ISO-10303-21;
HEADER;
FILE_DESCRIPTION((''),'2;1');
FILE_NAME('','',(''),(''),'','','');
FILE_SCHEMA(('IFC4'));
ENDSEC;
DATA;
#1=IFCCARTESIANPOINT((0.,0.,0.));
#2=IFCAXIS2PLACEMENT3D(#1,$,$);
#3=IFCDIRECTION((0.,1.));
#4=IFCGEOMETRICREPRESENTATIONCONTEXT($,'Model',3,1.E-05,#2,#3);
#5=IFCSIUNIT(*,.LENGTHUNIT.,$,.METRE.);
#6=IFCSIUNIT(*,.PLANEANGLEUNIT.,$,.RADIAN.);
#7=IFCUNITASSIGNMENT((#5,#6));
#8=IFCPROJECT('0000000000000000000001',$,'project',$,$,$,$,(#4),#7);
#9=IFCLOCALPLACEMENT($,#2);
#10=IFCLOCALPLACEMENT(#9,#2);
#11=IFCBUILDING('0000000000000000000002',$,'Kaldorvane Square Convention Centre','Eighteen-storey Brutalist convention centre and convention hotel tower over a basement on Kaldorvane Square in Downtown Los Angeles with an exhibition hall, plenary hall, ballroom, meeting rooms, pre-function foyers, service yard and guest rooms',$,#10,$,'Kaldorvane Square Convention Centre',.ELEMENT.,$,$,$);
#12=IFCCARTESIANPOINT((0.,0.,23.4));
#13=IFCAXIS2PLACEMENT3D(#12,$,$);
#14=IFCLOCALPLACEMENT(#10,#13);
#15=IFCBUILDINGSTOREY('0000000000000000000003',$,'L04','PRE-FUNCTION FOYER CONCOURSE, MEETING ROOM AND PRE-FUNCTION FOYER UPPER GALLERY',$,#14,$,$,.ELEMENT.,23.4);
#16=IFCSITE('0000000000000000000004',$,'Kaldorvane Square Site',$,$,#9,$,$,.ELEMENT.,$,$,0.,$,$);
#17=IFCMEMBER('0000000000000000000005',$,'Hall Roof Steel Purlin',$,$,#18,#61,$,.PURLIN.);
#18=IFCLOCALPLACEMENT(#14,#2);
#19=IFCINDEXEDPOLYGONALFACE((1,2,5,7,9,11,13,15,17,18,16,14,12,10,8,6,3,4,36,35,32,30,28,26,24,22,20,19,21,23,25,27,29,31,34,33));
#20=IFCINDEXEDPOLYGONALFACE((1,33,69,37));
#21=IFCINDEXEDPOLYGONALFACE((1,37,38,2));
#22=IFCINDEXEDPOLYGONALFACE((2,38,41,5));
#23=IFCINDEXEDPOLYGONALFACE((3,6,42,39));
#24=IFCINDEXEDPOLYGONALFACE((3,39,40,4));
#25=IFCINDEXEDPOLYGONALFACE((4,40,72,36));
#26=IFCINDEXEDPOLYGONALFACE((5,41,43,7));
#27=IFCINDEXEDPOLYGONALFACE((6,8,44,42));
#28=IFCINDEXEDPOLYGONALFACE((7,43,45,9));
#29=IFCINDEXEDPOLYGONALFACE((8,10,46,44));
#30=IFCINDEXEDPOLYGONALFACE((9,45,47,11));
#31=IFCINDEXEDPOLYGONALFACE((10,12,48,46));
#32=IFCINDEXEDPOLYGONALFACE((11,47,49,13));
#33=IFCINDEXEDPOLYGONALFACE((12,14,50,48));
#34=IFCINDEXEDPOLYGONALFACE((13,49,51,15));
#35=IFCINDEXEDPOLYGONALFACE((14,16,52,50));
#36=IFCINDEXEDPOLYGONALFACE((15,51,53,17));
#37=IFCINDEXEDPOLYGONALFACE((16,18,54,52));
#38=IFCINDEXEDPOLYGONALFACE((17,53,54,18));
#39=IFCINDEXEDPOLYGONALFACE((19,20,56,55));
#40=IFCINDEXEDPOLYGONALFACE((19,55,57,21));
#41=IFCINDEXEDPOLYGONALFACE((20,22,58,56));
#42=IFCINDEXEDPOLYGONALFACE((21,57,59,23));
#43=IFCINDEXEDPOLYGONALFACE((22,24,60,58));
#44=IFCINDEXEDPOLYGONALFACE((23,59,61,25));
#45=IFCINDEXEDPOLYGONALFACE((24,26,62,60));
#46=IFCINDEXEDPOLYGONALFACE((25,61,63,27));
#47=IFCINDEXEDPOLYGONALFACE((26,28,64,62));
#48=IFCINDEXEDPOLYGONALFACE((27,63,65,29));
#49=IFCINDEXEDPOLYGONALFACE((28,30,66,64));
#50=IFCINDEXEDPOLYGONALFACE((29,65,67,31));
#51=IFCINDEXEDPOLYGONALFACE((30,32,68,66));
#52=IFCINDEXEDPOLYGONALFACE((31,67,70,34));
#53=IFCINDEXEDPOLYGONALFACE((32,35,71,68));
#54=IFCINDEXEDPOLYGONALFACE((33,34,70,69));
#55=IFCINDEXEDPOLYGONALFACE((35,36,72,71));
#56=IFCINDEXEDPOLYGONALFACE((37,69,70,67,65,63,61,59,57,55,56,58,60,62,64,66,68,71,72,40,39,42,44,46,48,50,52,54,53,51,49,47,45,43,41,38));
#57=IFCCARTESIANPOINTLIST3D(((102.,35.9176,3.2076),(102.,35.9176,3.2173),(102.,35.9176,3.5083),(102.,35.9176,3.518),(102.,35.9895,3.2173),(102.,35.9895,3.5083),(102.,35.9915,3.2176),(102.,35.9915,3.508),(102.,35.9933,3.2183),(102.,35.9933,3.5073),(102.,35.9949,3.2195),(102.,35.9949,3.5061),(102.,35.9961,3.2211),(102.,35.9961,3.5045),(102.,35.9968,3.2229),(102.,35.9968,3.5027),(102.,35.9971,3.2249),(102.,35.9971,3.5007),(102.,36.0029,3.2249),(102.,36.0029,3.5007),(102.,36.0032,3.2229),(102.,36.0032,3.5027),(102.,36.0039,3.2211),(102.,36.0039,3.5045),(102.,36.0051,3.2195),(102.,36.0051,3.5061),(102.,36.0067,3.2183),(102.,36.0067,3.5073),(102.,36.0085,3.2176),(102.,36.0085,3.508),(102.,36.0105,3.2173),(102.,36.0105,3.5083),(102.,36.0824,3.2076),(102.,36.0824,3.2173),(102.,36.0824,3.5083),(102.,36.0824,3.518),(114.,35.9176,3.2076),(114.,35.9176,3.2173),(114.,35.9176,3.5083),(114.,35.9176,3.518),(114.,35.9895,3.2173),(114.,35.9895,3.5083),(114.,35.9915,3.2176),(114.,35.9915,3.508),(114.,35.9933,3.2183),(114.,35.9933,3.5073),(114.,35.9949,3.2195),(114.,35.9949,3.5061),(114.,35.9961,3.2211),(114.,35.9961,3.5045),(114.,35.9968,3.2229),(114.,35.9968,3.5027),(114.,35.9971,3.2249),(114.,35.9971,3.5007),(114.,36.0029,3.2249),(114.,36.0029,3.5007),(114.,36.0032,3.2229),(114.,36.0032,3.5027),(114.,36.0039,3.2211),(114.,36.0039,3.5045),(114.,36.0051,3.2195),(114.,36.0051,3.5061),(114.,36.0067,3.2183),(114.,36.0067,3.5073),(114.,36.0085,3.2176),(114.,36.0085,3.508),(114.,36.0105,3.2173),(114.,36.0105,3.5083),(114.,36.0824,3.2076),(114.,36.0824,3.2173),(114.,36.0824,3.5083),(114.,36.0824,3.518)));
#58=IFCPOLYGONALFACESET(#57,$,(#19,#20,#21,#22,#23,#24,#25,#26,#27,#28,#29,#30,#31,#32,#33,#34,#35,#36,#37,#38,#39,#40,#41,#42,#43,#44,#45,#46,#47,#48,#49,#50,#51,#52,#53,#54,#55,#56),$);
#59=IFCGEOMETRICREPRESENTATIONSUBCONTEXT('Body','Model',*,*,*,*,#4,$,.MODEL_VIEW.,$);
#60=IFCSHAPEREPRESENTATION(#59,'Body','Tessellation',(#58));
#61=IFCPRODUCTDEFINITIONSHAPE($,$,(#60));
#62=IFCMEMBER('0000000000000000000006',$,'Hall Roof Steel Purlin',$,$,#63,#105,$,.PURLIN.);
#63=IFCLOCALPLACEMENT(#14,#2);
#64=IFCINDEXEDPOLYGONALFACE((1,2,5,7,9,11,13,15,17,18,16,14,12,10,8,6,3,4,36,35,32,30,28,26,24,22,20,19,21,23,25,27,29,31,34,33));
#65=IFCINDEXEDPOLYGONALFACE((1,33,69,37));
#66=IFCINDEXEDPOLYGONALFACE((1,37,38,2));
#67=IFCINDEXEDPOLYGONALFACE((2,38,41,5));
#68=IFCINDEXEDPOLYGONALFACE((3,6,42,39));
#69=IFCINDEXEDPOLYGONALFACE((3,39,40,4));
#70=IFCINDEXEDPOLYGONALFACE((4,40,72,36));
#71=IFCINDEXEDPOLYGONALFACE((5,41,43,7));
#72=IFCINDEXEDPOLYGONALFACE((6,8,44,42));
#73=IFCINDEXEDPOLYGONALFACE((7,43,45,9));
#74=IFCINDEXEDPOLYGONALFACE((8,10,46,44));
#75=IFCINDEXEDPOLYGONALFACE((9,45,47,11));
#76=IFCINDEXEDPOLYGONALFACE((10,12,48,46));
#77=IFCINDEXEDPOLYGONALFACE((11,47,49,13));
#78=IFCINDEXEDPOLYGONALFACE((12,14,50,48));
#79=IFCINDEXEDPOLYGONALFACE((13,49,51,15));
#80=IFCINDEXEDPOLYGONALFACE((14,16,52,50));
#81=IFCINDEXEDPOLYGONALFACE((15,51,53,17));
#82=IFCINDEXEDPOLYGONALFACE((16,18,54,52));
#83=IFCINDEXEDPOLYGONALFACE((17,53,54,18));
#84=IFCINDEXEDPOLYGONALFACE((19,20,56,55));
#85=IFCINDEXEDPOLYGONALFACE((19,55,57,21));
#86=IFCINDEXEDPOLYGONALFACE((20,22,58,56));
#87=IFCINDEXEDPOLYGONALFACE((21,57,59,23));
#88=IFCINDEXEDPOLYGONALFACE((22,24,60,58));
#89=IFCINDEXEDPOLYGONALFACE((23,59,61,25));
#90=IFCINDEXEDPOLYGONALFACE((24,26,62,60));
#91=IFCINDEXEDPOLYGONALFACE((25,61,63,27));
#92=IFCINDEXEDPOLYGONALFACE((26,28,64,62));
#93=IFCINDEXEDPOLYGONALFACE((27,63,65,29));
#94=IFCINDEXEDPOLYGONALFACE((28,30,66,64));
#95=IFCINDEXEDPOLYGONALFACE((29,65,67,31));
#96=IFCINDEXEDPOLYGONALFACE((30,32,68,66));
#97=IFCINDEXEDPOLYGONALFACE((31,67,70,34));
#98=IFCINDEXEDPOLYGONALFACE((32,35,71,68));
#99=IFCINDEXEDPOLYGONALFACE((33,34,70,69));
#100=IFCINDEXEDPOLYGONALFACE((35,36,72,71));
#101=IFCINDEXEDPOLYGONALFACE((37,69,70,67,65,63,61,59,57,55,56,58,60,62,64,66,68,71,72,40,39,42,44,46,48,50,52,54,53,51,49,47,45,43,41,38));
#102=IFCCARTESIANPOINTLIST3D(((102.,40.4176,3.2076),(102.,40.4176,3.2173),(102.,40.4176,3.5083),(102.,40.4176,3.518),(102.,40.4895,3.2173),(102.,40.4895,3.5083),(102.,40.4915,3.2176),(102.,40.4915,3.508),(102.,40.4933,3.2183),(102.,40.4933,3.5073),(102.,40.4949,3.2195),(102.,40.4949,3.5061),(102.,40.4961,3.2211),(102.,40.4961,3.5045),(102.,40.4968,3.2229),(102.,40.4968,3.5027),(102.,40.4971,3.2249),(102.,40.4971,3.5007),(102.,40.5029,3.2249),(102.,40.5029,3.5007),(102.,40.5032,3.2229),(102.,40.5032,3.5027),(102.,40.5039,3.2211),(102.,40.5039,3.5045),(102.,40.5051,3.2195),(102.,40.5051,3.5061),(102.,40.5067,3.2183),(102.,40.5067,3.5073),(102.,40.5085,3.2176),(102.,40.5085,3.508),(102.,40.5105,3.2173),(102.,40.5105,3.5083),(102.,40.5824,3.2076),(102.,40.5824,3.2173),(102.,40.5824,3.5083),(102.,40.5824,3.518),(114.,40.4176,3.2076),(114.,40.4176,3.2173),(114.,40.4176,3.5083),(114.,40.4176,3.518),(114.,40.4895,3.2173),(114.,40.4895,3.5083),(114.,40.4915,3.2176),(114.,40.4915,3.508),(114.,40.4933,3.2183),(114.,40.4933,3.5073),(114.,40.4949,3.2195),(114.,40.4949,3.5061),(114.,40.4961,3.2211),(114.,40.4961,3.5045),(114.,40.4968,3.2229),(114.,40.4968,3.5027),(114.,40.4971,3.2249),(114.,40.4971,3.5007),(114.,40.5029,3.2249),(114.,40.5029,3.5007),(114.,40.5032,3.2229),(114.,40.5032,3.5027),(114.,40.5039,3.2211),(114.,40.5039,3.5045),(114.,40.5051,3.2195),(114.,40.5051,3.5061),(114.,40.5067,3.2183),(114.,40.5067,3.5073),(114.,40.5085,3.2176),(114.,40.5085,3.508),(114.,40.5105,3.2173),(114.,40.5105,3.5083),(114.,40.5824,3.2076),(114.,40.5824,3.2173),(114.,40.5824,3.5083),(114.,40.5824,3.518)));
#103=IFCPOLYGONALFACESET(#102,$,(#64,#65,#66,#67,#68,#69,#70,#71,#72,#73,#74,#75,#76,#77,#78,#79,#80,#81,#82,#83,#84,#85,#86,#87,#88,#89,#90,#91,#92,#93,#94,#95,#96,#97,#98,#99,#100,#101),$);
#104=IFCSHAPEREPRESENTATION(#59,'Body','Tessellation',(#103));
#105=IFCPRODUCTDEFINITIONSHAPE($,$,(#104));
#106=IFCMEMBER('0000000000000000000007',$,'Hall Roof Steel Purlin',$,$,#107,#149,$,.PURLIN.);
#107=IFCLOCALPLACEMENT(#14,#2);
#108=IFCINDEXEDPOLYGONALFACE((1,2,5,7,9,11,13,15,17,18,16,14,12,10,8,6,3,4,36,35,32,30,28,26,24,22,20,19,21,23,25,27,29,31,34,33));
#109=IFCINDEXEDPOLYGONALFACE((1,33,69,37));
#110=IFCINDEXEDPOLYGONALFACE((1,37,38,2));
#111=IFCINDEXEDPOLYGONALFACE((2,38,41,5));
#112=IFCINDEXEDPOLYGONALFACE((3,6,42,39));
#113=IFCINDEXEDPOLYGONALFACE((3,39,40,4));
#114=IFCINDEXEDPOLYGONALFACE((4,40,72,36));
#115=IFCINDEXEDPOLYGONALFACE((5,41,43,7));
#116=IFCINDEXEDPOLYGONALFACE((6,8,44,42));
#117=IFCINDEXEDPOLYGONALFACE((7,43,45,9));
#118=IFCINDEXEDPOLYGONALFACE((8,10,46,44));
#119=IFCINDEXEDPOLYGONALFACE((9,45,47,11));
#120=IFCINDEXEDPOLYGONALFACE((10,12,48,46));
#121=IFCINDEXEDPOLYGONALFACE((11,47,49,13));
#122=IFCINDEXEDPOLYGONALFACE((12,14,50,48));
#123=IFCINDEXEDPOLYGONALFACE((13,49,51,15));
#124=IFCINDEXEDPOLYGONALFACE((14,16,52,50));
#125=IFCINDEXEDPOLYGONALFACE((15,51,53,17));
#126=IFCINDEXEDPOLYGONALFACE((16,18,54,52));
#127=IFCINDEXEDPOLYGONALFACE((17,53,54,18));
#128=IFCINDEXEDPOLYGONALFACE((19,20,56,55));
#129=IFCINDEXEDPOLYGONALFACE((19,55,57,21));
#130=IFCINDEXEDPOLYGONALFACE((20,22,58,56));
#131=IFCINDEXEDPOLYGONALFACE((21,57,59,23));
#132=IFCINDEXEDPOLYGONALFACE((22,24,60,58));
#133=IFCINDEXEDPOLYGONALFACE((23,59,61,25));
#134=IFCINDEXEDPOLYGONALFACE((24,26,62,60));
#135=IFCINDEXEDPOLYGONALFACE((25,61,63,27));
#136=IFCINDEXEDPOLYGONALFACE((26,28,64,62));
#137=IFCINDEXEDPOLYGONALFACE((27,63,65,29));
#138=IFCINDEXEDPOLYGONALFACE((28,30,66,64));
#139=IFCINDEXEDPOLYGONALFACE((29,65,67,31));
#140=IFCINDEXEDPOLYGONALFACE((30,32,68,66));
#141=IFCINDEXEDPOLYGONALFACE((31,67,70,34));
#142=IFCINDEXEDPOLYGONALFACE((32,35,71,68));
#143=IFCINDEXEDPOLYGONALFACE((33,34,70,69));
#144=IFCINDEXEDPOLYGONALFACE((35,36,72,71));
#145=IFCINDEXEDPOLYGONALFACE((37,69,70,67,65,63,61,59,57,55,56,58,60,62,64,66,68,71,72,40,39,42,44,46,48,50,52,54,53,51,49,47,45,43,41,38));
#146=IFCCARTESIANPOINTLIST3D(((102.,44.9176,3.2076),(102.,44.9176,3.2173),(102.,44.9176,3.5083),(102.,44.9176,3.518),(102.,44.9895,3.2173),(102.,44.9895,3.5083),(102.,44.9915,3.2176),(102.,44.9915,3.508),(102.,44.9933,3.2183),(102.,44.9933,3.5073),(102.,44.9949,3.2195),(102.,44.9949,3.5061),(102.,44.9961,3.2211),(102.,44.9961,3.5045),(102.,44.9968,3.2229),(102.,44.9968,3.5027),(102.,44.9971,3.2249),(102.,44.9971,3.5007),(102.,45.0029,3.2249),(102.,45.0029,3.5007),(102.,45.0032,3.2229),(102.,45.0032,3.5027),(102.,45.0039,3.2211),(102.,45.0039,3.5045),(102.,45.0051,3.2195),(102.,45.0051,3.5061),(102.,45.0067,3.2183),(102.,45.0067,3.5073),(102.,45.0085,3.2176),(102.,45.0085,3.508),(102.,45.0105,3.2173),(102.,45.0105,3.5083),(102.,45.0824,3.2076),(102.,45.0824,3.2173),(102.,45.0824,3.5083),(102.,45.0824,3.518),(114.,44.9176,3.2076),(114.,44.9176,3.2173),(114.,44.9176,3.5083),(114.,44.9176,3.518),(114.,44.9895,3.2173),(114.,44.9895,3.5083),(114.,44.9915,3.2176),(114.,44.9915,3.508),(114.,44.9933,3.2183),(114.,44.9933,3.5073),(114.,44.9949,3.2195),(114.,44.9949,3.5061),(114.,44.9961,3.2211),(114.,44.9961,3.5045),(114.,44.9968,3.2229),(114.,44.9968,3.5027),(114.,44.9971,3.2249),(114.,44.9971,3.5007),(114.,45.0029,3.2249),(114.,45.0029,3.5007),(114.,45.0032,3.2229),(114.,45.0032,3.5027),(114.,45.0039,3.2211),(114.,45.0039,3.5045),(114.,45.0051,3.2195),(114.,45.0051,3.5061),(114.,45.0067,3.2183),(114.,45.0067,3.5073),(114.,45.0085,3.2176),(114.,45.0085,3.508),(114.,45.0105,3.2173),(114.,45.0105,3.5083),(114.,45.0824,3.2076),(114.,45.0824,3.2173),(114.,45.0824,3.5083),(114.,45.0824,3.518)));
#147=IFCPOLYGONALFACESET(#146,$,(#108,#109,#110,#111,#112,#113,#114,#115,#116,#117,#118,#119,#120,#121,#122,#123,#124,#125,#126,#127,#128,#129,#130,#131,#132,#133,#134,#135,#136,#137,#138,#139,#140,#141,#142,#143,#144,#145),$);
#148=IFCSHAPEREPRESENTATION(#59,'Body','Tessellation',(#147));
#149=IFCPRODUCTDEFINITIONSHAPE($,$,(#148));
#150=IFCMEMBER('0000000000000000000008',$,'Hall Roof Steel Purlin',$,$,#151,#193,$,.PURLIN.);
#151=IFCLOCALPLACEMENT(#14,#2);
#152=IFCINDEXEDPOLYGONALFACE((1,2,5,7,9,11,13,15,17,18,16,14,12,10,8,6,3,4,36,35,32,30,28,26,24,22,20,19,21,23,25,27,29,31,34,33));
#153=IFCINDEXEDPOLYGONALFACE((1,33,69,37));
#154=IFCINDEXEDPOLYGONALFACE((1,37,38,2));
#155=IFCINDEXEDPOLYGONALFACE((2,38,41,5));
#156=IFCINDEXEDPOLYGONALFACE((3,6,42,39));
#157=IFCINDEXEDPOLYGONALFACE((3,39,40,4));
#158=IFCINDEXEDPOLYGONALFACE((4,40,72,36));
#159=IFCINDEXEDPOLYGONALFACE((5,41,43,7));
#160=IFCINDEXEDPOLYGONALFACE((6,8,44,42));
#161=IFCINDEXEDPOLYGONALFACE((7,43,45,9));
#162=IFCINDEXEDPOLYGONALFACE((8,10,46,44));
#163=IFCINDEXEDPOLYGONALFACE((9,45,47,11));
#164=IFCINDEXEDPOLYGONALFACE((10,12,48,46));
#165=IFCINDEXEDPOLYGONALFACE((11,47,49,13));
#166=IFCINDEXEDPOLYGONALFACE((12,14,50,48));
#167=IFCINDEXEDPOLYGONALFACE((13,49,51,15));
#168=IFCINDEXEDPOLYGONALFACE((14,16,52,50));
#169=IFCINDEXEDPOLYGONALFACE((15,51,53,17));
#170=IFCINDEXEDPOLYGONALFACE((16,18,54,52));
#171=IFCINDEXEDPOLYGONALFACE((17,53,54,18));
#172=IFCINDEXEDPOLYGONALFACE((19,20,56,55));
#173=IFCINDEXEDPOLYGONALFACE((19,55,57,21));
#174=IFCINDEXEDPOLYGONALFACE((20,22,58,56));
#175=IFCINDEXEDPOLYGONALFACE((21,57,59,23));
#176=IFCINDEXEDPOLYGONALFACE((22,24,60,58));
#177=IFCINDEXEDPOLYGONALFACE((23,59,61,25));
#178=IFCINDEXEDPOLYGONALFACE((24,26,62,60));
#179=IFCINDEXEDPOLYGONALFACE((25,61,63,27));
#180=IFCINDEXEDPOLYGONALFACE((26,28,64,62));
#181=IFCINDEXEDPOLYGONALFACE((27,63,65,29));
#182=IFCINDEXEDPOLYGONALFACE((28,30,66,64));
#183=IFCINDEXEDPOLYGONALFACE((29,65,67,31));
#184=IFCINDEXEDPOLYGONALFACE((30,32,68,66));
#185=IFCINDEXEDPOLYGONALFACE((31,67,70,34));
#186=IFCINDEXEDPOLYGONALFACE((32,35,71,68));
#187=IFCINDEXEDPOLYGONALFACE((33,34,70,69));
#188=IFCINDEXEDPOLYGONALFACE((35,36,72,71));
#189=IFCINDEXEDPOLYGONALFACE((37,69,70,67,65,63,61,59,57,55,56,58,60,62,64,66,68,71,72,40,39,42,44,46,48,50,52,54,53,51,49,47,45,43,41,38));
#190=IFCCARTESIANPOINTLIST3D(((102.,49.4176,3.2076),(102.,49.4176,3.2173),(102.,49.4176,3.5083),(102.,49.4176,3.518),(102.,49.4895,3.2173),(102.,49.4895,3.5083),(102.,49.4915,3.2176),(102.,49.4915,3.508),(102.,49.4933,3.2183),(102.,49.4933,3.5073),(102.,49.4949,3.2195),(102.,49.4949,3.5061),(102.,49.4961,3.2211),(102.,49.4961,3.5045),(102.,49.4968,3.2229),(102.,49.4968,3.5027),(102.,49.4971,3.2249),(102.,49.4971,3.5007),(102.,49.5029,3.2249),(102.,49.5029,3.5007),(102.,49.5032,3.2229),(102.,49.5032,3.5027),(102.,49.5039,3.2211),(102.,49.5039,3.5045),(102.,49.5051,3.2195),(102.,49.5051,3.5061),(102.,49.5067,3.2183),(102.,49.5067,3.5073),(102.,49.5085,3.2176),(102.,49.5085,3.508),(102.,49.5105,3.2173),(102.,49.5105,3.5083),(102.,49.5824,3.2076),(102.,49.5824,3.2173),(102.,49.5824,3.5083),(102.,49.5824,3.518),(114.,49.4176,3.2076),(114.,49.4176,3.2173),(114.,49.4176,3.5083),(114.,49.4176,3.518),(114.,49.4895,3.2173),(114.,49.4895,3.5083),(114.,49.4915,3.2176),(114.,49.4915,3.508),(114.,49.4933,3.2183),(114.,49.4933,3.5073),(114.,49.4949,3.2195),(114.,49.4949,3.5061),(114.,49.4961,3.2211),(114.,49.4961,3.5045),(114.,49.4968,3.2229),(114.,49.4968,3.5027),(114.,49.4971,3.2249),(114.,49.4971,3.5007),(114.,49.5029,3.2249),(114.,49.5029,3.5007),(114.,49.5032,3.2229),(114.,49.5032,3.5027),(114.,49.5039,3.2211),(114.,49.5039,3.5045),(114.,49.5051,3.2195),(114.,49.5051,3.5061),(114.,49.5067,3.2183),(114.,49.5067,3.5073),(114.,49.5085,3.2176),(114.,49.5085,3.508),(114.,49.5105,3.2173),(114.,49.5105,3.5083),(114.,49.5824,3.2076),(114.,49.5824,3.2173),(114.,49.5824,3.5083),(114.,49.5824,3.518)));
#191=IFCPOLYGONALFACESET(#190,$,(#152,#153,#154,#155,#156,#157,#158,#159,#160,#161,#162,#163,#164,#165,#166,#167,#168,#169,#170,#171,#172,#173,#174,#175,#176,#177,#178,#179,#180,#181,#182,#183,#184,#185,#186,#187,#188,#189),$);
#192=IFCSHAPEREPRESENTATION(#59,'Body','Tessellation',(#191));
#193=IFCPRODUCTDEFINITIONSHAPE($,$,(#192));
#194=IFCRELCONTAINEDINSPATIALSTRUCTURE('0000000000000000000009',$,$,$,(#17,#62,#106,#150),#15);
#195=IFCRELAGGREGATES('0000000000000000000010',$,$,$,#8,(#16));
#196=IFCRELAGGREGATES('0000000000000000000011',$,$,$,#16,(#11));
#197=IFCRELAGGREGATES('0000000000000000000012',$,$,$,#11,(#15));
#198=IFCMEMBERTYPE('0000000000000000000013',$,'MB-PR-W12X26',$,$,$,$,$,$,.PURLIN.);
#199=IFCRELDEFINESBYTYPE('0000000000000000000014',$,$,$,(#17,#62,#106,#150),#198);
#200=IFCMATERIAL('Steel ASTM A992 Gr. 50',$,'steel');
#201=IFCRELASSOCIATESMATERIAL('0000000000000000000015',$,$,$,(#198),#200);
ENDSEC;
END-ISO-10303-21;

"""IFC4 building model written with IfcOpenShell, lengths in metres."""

from ifc_helpers import new_model, si_unit, direction, frame, origin, origin_2d, place, context, subcontext, project, spatial, i_section, extrude, material, material_profile, profile_set, type_object, element, save


model = new_model("IFC4")

# Units and contexts
model_context = context("Model", 3, precision=1e-05, world=origin(), true_north=direction((0.0, 1.0)))
body_context = subcontext(model_context, "Body", "Model", "MODEL_VIEW")
ifc_project = project(units=[si_unit("LENGTHUNIT", "METRE"), si_unit("PLANEANGLEUNIT", "RADIAN")], contexts=[model_context])

# Site, building, storey
site_placement = place(None, origin())
site = spatial("IfcSite", under=ifc_project, at=site_placement, Name="Kaldorvane Square Site", CompositionType="ELEMENT", RefElevation=0.0)
building_placement = place(site_placement, origin())
building = spatial("IfcBuilding", under=site, at=building_placement, Name="Kaldorvane Square Convention Centre", Description="Eighteen-storey Brutalist convention centre and convention hotel tower over a basement on Kaldorvane Square in Downtown Los Angeles with an exhibition hall, plenary hall, ballroom, meeting rooms, pre-function foyers, service yard and guest rooms", LongName="Kaldorvane Square Convention Centre", CompositionType="ELEMENT")
storey_placement = place(building_placement, frame((0.0, 0.0, 23.4)))
storey = spatial("IfcBuildingStorey", under=building, at=storey_placement, Name="L04", Description="PRE-FUNCTION FOYER CONCOURSE, MEETING ROOM AND PRE-FUNCTION FOYER UPPER GALLERY", CompositionType="ELEMENT", Elevation=23.4)

# Shared definitions
ifc_material_1 = material(Name="Steel ASTM A992 Gr. 50", Category="steel")

# Members
ifc_material_profile_1 = material_profile(ifc_material_1, i_section(OverallWidth=0.1648, OverallDepth=0.3104, WebThickness=0.0058, FlangeThickness=0.0097, FilletRadius=0.0076, at=origin_2d()), Name="W12X26")
ifc_profile_set_1 = profile_set([ifc_material_profile_1], Name="Steel ASTM A992 Gr. 50")
member_type_1 = type_object("IfcMemberType", Name="MB-PR-W12X26", PredefinedType="PURLIN", material=ifc_profile_set_1)
for number, where, z_axis, x_axis, name in (
    (1, (102.0, 36.0, 3.3628), (1.0, 0.0, 0.0), (0.0, 1.0, 0.0), "Hall Roof Steel Purlin"),
    (2, (102.0, 40.5, 3.3628), (1.0, 0.0, 0.0), (0.0, 1.0, 0.0), "Hall Roof Steel Purlin"),
    (3, (102.0, 45.0, 3.3628), (1.0, 0.0, 0.0), (0.0, 1.0, 0.0), "Hall Roof Steel Purlin"),
    (4, (102.0, 49.5, 3.3628), (1.0, 0.0, 0.0), (0.0, 1.0, 0.0), "Hall Roof Steel Purlin"),
):
    element("IfcMember", number, at=place(storey_placement, frame(where, z_axis=z_axis, x_axis=x_axis)), inside=storey, type_object=member_type_1, Name=name, PredefinedType="PURLIN", context=body_context, shape_type="SweptSolid", body=[
        extrude(i_section(OverallWidth=0.1648, OverallDepth=0.3104, WebThickness=0.0058, FlangeThickness=0.0097, FilletRadius=0.0076, at=origin_2d()), origin(), (0.0, 0.0, 1.0), 12.0),
    ])

save(model, "model.ifc")
